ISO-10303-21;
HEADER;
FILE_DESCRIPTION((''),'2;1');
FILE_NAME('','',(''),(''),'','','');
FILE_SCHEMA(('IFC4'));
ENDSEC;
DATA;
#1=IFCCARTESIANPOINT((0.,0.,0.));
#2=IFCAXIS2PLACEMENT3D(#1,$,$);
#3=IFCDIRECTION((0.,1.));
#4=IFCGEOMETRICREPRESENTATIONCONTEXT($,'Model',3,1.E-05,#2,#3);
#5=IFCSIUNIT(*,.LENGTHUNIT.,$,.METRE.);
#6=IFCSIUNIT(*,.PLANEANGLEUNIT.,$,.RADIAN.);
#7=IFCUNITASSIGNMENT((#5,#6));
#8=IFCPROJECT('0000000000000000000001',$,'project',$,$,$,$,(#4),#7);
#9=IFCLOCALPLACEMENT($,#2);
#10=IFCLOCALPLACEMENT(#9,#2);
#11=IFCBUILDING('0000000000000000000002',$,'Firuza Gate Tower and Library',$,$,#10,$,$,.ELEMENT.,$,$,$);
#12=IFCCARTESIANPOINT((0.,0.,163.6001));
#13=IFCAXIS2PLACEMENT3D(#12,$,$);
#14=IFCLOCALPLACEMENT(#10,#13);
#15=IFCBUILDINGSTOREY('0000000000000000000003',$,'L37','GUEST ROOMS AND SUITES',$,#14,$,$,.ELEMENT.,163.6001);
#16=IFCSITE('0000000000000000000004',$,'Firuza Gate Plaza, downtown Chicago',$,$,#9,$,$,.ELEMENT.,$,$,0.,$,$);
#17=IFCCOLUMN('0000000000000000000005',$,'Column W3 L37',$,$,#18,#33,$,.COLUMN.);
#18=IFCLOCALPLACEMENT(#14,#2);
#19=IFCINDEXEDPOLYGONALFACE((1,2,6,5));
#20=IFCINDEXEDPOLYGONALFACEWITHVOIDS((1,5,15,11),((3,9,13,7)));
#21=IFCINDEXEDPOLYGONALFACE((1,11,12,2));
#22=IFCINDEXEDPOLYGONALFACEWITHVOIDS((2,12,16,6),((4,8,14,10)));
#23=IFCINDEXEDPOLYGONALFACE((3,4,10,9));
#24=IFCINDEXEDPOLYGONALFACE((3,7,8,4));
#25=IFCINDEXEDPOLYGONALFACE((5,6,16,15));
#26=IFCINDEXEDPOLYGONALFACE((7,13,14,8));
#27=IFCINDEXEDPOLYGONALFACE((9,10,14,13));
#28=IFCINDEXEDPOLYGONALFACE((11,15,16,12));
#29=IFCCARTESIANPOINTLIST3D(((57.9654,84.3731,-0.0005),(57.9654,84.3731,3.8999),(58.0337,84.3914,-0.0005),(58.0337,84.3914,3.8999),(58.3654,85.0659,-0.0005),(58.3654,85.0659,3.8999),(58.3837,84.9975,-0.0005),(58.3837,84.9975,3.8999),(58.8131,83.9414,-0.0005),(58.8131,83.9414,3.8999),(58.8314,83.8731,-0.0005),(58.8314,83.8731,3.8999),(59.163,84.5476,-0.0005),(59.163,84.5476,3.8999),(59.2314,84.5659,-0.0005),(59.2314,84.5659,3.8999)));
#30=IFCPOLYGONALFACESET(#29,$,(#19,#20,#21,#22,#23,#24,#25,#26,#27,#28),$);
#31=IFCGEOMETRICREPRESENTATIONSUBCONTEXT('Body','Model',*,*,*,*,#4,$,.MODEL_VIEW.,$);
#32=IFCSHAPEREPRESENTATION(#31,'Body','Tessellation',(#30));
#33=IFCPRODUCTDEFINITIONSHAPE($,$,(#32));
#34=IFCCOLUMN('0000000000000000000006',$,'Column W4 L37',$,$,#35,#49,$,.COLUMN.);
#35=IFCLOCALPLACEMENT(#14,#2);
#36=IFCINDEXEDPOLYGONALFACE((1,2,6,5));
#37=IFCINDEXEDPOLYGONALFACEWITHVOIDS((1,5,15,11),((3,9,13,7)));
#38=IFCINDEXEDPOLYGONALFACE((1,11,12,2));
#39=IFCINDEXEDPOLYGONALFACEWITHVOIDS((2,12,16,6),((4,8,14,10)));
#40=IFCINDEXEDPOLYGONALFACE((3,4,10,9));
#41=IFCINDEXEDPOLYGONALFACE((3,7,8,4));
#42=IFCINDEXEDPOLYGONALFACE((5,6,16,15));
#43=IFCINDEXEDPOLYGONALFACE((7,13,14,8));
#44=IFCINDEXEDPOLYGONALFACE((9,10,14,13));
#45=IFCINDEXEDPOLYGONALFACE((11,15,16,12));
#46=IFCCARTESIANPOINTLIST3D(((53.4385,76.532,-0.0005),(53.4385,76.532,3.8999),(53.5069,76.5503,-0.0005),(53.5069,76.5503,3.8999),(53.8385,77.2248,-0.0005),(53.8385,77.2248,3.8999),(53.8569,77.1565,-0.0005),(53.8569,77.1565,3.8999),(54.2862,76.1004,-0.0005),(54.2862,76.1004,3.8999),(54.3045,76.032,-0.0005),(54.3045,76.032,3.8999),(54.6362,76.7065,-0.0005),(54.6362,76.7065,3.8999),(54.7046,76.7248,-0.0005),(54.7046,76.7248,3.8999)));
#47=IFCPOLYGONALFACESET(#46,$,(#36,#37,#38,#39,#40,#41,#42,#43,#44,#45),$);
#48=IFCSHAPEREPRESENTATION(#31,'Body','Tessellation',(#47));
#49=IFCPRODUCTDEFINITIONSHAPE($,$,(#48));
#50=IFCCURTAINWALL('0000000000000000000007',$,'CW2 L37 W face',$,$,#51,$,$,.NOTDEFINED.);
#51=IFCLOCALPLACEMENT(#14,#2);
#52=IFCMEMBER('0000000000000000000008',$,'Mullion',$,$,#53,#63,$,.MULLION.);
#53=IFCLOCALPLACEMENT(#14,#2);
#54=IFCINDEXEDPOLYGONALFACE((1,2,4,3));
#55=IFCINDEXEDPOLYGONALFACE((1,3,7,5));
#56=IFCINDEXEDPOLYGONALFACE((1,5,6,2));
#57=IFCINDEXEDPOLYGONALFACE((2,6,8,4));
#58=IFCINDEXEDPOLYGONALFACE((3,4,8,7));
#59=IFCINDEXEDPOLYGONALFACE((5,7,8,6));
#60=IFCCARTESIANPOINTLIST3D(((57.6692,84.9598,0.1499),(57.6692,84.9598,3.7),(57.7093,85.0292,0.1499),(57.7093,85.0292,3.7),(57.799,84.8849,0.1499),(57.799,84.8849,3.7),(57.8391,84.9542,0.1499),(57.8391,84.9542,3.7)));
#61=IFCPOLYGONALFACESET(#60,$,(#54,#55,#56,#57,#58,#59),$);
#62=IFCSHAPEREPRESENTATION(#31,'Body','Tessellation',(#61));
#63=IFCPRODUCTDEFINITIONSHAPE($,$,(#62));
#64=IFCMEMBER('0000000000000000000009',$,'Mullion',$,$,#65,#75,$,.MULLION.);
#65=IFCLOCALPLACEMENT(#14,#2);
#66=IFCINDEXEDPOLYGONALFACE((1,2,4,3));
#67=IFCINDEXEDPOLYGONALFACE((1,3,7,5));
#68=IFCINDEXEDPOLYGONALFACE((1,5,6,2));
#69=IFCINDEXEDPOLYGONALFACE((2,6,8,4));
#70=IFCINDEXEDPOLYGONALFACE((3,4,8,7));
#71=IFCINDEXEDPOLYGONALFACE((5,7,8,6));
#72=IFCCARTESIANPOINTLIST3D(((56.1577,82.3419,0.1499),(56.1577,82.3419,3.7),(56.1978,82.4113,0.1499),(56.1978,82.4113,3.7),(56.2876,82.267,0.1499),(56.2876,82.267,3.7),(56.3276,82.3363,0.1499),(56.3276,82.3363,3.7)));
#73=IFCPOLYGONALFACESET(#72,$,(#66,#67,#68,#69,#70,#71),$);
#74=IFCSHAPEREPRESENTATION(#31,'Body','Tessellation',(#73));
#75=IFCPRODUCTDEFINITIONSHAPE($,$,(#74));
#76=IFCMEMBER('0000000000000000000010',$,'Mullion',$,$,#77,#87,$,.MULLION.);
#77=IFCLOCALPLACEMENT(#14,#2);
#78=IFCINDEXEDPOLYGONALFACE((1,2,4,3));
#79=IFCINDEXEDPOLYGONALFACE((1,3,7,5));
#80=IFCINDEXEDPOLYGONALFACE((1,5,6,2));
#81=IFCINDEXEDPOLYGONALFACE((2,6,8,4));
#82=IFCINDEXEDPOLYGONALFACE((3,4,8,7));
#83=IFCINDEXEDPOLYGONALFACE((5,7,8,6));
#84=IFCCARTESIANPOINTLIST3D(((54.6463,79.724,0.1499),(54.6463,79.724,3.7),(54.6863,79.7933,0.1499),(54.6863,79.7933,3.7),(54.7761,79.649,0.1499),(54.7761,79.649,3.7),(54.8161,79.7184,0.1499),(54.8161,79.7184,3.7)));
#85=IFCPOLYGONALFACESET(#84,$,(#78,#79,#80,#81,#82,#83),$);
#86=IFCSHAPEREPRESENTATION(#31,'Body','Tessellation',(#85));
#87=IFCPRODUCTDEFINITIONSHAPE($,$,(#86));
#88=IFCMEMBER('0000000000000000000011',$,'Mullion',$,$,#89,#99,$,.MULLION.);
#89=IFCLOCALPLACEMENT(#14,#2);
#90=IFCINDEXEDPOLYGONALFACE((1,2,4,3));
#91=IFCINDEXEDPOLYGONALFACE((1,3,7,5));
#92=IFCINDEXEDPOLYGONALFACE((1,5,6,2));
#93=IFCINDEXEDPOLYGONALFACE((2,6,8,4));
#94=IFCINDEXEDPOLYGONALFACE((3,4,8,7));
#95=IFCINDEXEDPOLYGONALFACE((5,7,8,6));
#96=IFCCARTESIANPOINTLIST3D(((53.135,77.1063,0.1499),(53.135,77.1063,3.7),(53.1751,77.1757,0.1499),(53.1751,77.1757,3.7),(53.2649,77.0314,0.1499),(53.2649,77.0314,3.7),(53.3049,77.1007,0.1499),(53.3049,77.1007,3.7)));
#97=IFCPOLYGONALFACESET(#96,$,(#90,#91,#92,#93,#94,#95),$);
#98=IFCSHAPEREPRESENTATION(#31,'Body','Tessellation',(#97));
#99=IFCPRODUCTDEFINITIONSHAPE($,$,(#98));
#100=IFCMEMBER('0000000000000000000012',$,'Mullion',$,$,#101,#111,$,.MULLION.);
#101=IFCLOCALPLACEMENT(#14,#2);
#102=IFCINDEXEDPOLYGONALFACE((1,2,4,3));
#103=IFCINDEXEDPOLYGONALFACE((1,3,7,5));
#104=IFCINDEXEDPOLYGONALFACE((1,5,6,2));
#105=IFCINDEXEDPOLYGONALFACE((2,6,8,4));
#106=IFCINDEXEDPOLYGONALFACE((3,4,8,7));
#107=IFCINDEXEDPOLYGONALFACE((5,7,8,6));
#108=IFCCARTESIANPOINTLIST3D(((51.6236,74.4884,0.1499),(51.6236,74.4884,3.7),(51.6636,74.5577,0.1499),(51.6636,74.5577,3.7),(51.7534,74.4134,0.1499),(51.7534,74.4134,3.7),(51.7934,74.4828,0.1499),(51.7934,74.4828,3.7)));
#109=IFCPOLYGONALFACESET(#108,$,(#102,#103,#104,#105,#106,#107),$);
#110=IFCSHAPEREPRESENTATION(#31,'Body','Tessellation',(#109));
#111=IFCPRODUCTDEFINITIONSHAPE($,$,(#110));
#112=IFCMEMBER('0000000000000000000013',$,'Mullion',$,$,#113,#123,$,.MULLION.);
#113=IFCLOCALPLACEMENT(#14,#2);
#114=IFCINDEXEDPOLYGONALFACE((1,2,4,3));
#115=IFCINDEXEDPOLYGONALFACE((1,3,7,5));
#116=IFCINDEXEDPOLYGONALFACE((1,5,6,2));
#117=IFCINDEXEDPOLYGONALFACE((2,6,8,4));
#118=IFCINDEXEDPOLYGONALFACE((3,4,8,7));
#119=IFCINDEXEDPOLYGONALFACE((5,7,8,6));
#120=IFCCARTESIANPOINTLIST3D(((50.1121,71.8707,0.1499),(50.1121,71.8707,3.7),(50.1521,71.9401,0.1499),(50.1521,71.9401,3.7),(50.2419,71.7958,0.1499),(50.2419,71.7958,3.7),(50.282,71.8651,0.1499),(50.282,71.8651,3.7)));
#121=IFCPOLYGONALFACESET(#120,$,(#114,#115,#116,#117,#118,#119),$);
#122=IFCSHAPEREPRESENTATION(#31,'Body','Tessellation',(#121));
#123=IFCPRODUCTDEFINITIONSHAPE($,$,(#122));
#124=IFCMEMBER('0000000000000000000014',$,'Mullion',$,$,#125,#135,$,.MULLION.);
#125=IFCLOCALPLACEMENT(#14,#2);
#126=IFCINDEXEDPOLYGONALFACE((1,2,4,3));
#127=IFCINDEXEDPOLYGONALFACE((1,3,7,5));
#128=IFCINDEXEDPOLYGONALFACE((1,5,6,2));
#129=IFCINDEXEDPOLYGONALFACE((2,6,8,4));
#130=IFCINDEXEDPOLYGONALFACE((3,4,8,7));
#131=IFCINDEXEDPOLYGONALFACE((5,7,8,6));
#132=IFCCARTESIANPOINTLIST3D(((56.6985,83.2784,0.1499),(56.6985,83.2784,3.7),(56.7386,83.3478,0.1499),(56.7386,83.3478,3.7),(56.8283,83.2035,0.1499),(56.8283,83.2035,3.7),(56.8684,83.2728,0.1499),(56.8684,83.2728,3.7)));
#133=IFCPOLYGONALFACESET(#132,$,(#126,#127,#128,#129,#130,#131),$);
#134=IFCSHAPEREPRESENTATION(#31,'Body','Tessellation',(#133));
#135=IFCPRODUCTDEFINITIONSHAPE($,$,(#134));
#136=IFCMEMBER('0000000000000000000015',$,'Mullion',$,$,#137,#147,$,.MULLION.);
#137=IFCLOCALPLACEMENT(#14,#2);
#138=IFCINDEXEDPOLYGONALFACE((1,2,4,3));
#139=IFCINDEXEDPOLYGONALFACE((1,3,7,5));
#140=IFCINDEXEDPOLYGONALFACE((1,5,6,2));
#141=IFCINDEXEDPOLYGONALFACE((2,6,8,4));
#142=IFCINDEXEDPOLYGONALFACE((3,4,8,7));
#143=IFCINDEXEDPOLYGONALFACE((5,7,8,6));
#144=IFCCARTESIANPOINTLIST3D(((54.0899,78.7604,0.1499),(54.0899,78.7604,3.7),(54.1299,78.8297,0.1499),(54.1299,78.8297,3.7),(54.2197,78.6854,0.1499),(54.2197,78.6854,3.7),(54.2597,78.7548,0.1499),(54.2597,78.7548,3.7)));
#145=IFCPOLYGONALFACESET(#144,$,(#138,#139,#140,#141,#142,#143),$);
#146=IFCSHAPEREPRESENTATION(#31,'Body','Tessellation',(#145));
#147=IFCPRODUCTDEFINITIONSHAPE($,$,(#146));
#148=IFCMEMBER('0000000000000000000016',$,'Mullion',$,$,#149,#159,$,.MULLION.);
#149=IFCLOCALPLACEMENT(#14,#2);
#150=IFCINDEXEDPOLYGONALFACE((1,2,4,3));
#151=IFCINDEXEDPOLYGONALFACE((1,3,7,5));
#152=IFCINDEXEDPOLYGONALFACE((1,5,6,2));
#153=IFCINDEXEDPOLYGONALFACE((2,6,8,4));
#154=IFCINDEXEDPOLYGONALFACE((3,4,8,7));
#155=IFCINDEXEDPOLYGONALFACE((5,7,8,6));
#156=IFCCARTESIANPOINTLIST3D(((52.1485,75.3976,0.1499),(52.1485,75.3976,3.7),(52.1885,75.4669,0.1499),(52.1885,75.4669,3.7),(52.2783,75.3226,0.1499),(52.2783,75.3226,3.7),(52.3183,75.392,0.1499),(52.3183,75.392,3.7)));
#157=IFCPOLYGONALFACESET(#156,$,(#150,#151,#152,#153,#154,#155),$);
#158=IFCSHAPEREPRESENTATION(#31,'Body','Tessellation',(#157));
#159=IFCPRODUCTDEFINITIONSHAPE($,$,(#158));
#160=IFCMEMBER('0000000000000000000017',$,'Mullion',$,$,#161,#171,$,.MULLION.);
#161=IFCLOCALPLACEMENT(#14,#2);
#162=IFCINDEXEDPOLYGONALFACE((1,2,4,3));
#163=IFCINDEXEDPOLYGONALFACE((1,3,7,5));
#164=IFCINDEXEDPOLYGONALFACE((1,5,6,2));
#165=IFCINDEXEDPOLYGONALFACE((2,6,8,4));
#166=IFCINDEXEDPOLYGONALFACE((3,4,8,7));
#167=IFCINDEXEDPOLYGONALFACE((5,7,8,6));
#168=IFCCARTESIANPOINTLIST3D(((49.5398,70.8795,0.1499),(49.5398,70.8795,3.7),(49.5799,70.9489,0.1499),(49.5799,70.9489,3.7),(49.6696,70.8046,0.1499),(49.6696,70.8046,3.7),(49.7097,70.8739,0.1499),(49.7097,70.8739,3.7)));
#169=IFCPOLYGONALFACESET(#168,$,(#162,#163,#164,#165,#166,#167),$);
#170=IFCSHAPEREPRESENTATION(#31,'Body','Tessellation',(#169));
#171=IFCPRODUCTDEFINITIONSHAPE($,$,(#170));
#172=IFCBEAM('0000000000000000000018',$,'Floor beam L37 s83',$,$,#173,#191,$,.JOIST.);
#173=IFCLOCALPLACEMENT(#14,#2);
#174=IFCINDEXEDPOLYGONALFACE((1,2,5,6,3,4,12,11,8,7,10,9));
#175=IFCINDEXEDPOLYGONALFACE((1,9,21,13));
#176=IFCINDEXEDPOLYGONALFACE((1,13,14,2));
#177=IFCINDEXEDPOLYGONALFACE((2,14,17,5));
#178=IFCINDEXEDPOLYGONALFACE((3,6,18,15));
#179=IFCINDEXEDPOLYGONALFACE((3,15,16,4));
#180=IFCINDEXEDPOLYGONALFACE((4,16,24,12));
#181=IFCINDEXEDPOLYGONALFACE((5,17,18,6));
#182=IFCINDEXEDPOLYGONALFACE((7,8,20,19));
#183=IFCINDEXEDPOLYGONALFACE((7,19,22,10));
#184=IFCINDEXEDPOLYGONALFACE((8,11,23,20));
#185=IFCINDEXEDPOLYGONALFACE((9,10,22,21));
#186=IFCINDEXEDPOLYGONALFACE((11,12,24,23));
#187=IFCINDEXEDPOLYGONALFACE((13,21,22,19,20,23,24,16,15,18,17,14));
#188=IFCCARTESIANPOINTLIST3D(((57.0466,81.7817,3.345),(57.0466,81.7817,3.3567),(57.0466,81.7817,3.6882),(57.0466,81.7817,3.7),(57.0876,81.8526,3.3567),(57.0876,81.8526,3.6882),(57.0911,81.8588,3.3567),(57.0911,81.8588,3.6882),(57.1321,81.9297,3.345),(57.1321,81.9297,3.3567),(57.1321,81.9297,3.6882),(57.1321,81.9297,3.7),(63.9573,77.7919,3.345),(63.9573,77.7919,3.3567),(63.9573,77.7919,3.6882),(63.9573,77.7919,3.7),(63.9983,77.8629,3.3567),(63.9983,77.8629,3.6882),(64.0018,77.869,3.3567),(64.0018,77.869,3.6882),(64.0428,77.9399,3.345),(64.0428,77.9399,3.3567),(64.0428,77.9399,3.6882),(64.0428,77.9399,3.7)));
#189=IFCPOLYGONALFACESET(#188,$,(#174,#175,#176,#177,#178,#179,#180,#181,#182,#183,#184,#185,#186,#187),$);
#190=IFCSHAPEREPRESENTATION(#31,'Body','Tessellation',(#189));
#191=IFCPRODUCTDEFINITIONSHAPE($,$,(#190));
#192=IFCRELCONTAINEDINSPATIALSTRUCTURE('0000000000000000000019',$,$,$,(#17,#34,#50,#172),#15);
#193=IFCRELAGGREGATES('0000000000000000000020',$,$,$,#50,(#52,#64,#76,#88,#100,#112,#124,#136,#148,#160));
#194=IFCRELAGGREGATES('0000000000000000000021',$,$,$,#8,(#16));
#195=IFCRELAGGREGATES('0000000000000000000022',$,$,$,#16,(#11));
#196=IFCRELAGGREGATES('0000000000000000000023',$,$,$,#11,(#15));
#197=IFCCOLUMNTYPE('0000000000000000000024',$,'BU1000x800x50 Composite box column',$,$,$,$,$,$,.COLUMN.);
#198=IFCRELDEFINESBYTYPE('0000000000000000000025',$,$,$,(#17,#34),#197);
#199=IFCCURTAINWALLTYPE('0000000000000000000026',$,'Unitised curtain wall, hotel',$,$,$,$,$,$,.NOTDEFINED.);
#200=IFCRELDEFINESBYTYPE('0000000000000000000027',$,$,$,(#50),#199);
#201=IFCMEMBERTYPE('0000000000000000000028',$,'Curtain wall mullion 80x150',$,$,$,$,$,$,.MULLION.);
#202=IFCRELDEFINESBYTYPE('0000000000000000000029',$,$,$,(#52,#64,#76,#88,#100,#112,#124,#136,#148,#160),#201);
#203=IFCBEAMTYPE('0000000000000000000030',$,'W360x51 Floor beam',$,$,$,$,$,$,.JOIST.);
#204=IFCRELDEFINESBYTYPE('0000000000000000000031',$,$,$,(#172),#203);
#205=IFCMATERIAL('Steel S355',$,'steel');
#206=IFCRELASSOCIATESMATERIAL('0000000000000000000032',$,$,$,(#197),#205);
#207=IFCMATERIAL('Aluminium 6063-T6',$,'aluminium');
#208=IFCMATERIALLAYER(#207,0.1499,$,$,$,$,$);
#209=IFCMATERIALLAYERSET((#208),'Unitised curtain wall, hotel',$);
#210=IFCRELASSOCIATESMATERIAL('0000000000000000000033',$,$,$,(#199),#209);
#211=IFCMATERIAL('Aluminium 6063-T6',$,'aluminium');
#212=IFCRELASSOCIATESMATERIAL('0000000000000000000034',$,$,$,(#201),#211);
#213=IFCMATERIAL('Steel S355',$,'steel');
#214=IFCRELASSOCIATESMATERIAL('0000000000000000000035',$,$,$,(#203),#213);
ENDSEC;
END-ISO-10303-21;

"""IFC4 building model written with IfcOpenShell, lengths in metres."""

from ifc_helpers import new_model, si_unit, direction, frame, origin, origin_2d, place, context, subcontext, project, spatial, rectangle, hollow_rectangle, i_section, extrude, material, layer, layer_set, material_profile, profile_set, type_object, element, aggregate, save


model = new_model("IFC4")

# Units and contexts
model_context = context("Model", 3, precision=1e-05, world=origin(), true_north=direction((0.0, 1.0)))
body_context = subcontext(model_context, "Body", "Model", "MODEL_VIEW")
ifc_project = project(units=[si_unit("LENGTHUNIT", "METRE"), si_unit("PLANEANGLEUNIT", "RADIAN")], contexts=[model_context])

# Site, building, storey
site_placement = place(None, origin())
site = spatial("IfcSite", under=ifc_project, at=site_placement, Name="Firuza Gate Plaza, downtown Chicago", CompositionType="ELEMENT", RefElevation=0.0)
building_placement = place(site_placement, origin())
building = spatial("IfcBuilding", under=site, at=building_placement, Name="Firuza Gate Tower and Library", CompositionType="ELEMENT")
storey_placement = place(building_placement, frame((0.0, 0.0, 163.6001)))
storey = spatial("IfcBuildingStorey", under=building, at=storey_placement, Name="L37", Description="GUEST ROOMS AND SUITES", CompositionType="ELEMENT", Elevation=163.6001)

# Columns
ifc_material_1 = material(Name="Steel S355", Category="steel")
ifc_material_profile_1 = material_profile(ifc_material_1, hollow_rectangle(XDim=0.8, YDim=1.0, WallThickness=0.05, at=origin_2d()))
ifc_profile_set_1 = profile_set([ifc_material_profile_1], Name="Steel S355")
column_type = type_object("IfcColumnType", Name="BU1000x800x50 Composite box column", PredefinedType="COLUMN", material=ifc_profile_set_1)
for number, where, z_axis, x_axis, name in (
    (1, (58.5984, 84.4695, -0.0005), (0.0, 0.0, 1.0), (-0.5, -0.866025, 0.0), "Column W3 L37"),
    (2, (54.0715, 76.6284, -0.0005), (0.0, 0.0, 1.0), (-0.5, -0.866025, 0.0), "Column W4 L37"),
):
    element("IfcColumn", number, at=place(storey_placement, frame(where, z_axis=z_axis, x_axis=x_axis)), inside=storey, type_object=column_type, Name=name, PredefinedType="COLUMN", context=body_context, shape_type="SweptSolid", body=[
        extrude(hollow_rectangle(XDim=0.8, YDim=1.0, WallThickness=0.05, at=origin_2d()), origin(), (0.0, 0.0, 1.0), 3.9004),
    ])

# Curtain wall, members
ifc_material_2 = material(Name="Aluminium 6063-T6", Category="aluminium")
ifc_layer_1 = layer(ifc_material_2, 0.1499)
ifc_layer_set_1 = layer_set([ifc_layer_1], Name="Unitised curtain wall, hotel")
curtain_wall_type = type_object("IfcCurtainWallType", Name="Unitised curtain wall, hotel", PredefinedType="NOTDEFINED", material=ifc_layer_set_1)
curtain_wall_placement = place(storey_placement, origin())
curtain_wall = element("IfcCurtainWall", 3, at=curtain_wall_placement, inside=storey, type_object=curtain_wall_type, Name="CW2 L37 W face", PredefinedType="NOTDEFINED")
ifc_material_3 = material(Name="Aluminium 6063-T6", Category="aluminium")
ifc_material_profile_2 = material_profile(ifc_material_3, rectangle(XDim=0.1499, YDim=0.0801, at=origin_2d()))
ifc_profile_set_2 = profile_set([ifc_material_profile_2], Name="Aluminium 6063-T6")
member_type = type_object("IfcMemberType", Name="Curtain wall mullion 80x150", PredefinedType="MULLION", material=ifc_profile_set_2)
member_1_placement = place(storey_placement, frame((57.7542, 84.957, 0.1499), z_axis=(0.0, 0.0, 1.0), x_axis=(0.866025, -0.5, 0.0)))
member_1 = element("IfcMember", 4, at=member_1_placement, type_object=member_type, Name="Mullion", PredefinedType="MULLION", context=body_context, shape_type="SweptSolid", body=[
    extrude(rectangle(XDim=0.1499, YDim=0.0801, at=origin_2d()), origin(), (0.0, 0.0, 1.0), 3.55),
])
member_2_placement = place(storey_placement, frame((56.2427, 82.3391, 0.1499), z_axis=(0.0, 0.0, 1.0), x_axis=(0.866025, -0.5, 0.0)))
member_2 = element("IfcMember", 5, at=member_2_placement, type_object=member_type, Name="Mullion", PredefinedType="MULLION", context=body_context, shape_type="SweptSolid", body=[
    extrude(rectangle(XDim=0.1499, YDim=0.0801, at=origin_2d()), origin(), (0.0, 0.0, 1.0), 3.55),
])
member_3_placement = place(storey_placement, frame((54.7312, 79.7212, 0.1499), z_axis=(0.0, 0.0, 1.0), x_axis=(0.866025, -0.5, 0.0)))
member_3 = element("IfcMember", 6, at=member_3_placement, type_object=member_type, Name="Mullion", PredefinedType="MULLION", context=body_context, shape_type="SweptSolid", body=[
    extrude(rectangle(XDim=0.1499, YDim=0.0801, at=origin_2d()), origin(), (0.0, 0.0, 1.0), 3.55),
])
member_4_placement = place(storey_placement, frame((53.22, 77.1035, 0.1499), z_axis=(0.0, 0.0, 1.0), x_axis=(0.866025, -0.5, 0.0)))
member_4 = element("IfcMember", 7, at=member_4_placement, type_object=member_type, Name="Mullion", PredefinedType="MULLION", context=body_context, shape_type="SweptSolid", body=[
    extrude(rectangle(XDim=0.1499, YDim=0.0801, at=origin_2d()), origin(), (0.0, 0.0, 1.0), 3.55),
])
member_5_placement = place(storey_placement, frame((51.7085, 74.4856, 0.1499), z_axis=(0.0, 0.0, 1.0), x_axis=(0.866025, -0.5, 0.0)))
member_5 = element("IfcMember", 8, at=member_5_placement, type_object=member_type, Name="Mullion", PredefinedType="MULLION", context=body_context, shape_type="SweptSolid", body=[
    extrude(rectangle(XDim=0.1499, YDim=0.0801, at=origin_2d()), origin(), (0.0, 0.0, 1.0), 3.55),
])
member_6_placement = place(storey_placement, frame((50.197, 71.8679, 0.1499), z_axis=(0.0, 0.0, 1.0), x_axis=(0.866025, -0.5, 0.0)))
member_6 = element("IfcMember", 9, at=member_6_placement, type_object=member_type, Name="Mullion", PredefinedType="MULLION", context=body_context, shape_type="SweptSolid", body=[
    extrude(rectangle(XDim=0.1499, YDim=0.0801, at=origin_2d()), origin(), (0.0, 0.0, 1.0), 3.55),
])
member_7_placement = place(storey_placement, frame((56.7834, 83.2756, 0.1499), z_axis=(0.0, 0.0, 1.0), x_axis=(0.866025, -0.5, 0.0)))
member_7 = element("IfcMember", 10, at=member_7_placement, type_object=member_type, Name="Mullion", PredefinedType="MULLION", context=body_context, shape_type="SweptSolid", body=[
    extrude(rectangle(XDim=0.1499, YDim=0.0801, at=origin_2d()), origin(), (0.0, 0.0, 1.0), 3.55),
])
member_8_placement = place(storey_placement, frame((54.1748, 78.7576, 0.1499), z_axis=(0.0, 0.0, 1.0), x_axis=(0.866025, -0.5, 0.0)))
member_8 = element("IfcMember", 11, at=member_8_placement, type_object=member_type, Name="Mullion", PredefinedType="MULLION", context=body_context, shape_type="SweptSolid", body=[
    extrude(rectangle(XDim=0.1499, YDim=0.0801, at=origin_2d()), origin(), (0.0, 0.0, 1.0), 3.55),
])
member_9_placement = place(storey_placement, frame((52.2334, 75.3948, 0.1499), z_axis=(0.0, 0.0, 1.0), x_axis=(0.866025, -0.5, 0.0)))
member_9 = element("IfcMember", 12, at=member_9_placement, type_object=member_type, Name="Mullion", PredefinedType="MULLION", context=body_context, shape_type="SweptSolid", body=[
    extrude(rectangle(XDim=0.1499, YDim=0.0801, at=origin_2d()), origin(), (0.0, 0.0, 1.0), 3.55),
])
member_10_placement = place(storey_placement, frame((49.6248, 70.8767, 0.1499), z_axis=(0.0, 0.0, 1.0), x_axis=(0.866025, -0.5, 0.0)))
member_10 = element("IfcMember", 13, at=member_10_placement, type_object=member_type, Name="Mullion", PredefinedType="MULLION", context=body_context, shape_type="SweptSolid", body=[
    extrude(rectangle(XDim=0.1499, YDim=0.0801, at=origin_2d()), origin(), (0.0, 0.0, 1.0), 3.55),
])

# Beam
ifc_material_4 = material(Name="Steel S355", Category="steel")
ifc_material_profile_3 = material_profile(ifc_material_4, i_section(OverallWidth=0.1709, OverallDepth=0.355, WebThickness=0.0071, FlangeThickness=0.0117, at=origin_2d()))
ifc_profile_set_3 = profile_set([ifc_material_profile_3], Name="Steel S355")
beam_type_1 = type_object("IfcBeamType", Name="W360x51 Floor beam", PredefinedType="JOIST", material=ifc_profile_set_3)
beam_1_placement = place(storey_placement, frame((57.0894, 81.8557, 3.5225), z_axis=(0.866032, -0.499989, 0.0), x_axis=(0.499989, 0.866032, 0.0)))
element("IfcBeam", 14, at=beam_1_placement, inside=storey, type_object=beam_type_1, Name="Floor beam L37 s83", PredefinedType="JOIST", context=body_context, shape_type="SweptSolid", body=[
    extrude(i_section(OverallWidth=0.1709, OverallDepth=0.355, WebThickness=0.0071, FlangeThickness=0.0117, at=origin_2d()), origin(), (0.0, 0.0, 1.0), 7.9797),
])

aggregate(curtain_wall, [member_1, member_2, member_3, member_4, member_5, member_6, member_7, member_8, member_9, member_10])

save(model, "model.ifc")
